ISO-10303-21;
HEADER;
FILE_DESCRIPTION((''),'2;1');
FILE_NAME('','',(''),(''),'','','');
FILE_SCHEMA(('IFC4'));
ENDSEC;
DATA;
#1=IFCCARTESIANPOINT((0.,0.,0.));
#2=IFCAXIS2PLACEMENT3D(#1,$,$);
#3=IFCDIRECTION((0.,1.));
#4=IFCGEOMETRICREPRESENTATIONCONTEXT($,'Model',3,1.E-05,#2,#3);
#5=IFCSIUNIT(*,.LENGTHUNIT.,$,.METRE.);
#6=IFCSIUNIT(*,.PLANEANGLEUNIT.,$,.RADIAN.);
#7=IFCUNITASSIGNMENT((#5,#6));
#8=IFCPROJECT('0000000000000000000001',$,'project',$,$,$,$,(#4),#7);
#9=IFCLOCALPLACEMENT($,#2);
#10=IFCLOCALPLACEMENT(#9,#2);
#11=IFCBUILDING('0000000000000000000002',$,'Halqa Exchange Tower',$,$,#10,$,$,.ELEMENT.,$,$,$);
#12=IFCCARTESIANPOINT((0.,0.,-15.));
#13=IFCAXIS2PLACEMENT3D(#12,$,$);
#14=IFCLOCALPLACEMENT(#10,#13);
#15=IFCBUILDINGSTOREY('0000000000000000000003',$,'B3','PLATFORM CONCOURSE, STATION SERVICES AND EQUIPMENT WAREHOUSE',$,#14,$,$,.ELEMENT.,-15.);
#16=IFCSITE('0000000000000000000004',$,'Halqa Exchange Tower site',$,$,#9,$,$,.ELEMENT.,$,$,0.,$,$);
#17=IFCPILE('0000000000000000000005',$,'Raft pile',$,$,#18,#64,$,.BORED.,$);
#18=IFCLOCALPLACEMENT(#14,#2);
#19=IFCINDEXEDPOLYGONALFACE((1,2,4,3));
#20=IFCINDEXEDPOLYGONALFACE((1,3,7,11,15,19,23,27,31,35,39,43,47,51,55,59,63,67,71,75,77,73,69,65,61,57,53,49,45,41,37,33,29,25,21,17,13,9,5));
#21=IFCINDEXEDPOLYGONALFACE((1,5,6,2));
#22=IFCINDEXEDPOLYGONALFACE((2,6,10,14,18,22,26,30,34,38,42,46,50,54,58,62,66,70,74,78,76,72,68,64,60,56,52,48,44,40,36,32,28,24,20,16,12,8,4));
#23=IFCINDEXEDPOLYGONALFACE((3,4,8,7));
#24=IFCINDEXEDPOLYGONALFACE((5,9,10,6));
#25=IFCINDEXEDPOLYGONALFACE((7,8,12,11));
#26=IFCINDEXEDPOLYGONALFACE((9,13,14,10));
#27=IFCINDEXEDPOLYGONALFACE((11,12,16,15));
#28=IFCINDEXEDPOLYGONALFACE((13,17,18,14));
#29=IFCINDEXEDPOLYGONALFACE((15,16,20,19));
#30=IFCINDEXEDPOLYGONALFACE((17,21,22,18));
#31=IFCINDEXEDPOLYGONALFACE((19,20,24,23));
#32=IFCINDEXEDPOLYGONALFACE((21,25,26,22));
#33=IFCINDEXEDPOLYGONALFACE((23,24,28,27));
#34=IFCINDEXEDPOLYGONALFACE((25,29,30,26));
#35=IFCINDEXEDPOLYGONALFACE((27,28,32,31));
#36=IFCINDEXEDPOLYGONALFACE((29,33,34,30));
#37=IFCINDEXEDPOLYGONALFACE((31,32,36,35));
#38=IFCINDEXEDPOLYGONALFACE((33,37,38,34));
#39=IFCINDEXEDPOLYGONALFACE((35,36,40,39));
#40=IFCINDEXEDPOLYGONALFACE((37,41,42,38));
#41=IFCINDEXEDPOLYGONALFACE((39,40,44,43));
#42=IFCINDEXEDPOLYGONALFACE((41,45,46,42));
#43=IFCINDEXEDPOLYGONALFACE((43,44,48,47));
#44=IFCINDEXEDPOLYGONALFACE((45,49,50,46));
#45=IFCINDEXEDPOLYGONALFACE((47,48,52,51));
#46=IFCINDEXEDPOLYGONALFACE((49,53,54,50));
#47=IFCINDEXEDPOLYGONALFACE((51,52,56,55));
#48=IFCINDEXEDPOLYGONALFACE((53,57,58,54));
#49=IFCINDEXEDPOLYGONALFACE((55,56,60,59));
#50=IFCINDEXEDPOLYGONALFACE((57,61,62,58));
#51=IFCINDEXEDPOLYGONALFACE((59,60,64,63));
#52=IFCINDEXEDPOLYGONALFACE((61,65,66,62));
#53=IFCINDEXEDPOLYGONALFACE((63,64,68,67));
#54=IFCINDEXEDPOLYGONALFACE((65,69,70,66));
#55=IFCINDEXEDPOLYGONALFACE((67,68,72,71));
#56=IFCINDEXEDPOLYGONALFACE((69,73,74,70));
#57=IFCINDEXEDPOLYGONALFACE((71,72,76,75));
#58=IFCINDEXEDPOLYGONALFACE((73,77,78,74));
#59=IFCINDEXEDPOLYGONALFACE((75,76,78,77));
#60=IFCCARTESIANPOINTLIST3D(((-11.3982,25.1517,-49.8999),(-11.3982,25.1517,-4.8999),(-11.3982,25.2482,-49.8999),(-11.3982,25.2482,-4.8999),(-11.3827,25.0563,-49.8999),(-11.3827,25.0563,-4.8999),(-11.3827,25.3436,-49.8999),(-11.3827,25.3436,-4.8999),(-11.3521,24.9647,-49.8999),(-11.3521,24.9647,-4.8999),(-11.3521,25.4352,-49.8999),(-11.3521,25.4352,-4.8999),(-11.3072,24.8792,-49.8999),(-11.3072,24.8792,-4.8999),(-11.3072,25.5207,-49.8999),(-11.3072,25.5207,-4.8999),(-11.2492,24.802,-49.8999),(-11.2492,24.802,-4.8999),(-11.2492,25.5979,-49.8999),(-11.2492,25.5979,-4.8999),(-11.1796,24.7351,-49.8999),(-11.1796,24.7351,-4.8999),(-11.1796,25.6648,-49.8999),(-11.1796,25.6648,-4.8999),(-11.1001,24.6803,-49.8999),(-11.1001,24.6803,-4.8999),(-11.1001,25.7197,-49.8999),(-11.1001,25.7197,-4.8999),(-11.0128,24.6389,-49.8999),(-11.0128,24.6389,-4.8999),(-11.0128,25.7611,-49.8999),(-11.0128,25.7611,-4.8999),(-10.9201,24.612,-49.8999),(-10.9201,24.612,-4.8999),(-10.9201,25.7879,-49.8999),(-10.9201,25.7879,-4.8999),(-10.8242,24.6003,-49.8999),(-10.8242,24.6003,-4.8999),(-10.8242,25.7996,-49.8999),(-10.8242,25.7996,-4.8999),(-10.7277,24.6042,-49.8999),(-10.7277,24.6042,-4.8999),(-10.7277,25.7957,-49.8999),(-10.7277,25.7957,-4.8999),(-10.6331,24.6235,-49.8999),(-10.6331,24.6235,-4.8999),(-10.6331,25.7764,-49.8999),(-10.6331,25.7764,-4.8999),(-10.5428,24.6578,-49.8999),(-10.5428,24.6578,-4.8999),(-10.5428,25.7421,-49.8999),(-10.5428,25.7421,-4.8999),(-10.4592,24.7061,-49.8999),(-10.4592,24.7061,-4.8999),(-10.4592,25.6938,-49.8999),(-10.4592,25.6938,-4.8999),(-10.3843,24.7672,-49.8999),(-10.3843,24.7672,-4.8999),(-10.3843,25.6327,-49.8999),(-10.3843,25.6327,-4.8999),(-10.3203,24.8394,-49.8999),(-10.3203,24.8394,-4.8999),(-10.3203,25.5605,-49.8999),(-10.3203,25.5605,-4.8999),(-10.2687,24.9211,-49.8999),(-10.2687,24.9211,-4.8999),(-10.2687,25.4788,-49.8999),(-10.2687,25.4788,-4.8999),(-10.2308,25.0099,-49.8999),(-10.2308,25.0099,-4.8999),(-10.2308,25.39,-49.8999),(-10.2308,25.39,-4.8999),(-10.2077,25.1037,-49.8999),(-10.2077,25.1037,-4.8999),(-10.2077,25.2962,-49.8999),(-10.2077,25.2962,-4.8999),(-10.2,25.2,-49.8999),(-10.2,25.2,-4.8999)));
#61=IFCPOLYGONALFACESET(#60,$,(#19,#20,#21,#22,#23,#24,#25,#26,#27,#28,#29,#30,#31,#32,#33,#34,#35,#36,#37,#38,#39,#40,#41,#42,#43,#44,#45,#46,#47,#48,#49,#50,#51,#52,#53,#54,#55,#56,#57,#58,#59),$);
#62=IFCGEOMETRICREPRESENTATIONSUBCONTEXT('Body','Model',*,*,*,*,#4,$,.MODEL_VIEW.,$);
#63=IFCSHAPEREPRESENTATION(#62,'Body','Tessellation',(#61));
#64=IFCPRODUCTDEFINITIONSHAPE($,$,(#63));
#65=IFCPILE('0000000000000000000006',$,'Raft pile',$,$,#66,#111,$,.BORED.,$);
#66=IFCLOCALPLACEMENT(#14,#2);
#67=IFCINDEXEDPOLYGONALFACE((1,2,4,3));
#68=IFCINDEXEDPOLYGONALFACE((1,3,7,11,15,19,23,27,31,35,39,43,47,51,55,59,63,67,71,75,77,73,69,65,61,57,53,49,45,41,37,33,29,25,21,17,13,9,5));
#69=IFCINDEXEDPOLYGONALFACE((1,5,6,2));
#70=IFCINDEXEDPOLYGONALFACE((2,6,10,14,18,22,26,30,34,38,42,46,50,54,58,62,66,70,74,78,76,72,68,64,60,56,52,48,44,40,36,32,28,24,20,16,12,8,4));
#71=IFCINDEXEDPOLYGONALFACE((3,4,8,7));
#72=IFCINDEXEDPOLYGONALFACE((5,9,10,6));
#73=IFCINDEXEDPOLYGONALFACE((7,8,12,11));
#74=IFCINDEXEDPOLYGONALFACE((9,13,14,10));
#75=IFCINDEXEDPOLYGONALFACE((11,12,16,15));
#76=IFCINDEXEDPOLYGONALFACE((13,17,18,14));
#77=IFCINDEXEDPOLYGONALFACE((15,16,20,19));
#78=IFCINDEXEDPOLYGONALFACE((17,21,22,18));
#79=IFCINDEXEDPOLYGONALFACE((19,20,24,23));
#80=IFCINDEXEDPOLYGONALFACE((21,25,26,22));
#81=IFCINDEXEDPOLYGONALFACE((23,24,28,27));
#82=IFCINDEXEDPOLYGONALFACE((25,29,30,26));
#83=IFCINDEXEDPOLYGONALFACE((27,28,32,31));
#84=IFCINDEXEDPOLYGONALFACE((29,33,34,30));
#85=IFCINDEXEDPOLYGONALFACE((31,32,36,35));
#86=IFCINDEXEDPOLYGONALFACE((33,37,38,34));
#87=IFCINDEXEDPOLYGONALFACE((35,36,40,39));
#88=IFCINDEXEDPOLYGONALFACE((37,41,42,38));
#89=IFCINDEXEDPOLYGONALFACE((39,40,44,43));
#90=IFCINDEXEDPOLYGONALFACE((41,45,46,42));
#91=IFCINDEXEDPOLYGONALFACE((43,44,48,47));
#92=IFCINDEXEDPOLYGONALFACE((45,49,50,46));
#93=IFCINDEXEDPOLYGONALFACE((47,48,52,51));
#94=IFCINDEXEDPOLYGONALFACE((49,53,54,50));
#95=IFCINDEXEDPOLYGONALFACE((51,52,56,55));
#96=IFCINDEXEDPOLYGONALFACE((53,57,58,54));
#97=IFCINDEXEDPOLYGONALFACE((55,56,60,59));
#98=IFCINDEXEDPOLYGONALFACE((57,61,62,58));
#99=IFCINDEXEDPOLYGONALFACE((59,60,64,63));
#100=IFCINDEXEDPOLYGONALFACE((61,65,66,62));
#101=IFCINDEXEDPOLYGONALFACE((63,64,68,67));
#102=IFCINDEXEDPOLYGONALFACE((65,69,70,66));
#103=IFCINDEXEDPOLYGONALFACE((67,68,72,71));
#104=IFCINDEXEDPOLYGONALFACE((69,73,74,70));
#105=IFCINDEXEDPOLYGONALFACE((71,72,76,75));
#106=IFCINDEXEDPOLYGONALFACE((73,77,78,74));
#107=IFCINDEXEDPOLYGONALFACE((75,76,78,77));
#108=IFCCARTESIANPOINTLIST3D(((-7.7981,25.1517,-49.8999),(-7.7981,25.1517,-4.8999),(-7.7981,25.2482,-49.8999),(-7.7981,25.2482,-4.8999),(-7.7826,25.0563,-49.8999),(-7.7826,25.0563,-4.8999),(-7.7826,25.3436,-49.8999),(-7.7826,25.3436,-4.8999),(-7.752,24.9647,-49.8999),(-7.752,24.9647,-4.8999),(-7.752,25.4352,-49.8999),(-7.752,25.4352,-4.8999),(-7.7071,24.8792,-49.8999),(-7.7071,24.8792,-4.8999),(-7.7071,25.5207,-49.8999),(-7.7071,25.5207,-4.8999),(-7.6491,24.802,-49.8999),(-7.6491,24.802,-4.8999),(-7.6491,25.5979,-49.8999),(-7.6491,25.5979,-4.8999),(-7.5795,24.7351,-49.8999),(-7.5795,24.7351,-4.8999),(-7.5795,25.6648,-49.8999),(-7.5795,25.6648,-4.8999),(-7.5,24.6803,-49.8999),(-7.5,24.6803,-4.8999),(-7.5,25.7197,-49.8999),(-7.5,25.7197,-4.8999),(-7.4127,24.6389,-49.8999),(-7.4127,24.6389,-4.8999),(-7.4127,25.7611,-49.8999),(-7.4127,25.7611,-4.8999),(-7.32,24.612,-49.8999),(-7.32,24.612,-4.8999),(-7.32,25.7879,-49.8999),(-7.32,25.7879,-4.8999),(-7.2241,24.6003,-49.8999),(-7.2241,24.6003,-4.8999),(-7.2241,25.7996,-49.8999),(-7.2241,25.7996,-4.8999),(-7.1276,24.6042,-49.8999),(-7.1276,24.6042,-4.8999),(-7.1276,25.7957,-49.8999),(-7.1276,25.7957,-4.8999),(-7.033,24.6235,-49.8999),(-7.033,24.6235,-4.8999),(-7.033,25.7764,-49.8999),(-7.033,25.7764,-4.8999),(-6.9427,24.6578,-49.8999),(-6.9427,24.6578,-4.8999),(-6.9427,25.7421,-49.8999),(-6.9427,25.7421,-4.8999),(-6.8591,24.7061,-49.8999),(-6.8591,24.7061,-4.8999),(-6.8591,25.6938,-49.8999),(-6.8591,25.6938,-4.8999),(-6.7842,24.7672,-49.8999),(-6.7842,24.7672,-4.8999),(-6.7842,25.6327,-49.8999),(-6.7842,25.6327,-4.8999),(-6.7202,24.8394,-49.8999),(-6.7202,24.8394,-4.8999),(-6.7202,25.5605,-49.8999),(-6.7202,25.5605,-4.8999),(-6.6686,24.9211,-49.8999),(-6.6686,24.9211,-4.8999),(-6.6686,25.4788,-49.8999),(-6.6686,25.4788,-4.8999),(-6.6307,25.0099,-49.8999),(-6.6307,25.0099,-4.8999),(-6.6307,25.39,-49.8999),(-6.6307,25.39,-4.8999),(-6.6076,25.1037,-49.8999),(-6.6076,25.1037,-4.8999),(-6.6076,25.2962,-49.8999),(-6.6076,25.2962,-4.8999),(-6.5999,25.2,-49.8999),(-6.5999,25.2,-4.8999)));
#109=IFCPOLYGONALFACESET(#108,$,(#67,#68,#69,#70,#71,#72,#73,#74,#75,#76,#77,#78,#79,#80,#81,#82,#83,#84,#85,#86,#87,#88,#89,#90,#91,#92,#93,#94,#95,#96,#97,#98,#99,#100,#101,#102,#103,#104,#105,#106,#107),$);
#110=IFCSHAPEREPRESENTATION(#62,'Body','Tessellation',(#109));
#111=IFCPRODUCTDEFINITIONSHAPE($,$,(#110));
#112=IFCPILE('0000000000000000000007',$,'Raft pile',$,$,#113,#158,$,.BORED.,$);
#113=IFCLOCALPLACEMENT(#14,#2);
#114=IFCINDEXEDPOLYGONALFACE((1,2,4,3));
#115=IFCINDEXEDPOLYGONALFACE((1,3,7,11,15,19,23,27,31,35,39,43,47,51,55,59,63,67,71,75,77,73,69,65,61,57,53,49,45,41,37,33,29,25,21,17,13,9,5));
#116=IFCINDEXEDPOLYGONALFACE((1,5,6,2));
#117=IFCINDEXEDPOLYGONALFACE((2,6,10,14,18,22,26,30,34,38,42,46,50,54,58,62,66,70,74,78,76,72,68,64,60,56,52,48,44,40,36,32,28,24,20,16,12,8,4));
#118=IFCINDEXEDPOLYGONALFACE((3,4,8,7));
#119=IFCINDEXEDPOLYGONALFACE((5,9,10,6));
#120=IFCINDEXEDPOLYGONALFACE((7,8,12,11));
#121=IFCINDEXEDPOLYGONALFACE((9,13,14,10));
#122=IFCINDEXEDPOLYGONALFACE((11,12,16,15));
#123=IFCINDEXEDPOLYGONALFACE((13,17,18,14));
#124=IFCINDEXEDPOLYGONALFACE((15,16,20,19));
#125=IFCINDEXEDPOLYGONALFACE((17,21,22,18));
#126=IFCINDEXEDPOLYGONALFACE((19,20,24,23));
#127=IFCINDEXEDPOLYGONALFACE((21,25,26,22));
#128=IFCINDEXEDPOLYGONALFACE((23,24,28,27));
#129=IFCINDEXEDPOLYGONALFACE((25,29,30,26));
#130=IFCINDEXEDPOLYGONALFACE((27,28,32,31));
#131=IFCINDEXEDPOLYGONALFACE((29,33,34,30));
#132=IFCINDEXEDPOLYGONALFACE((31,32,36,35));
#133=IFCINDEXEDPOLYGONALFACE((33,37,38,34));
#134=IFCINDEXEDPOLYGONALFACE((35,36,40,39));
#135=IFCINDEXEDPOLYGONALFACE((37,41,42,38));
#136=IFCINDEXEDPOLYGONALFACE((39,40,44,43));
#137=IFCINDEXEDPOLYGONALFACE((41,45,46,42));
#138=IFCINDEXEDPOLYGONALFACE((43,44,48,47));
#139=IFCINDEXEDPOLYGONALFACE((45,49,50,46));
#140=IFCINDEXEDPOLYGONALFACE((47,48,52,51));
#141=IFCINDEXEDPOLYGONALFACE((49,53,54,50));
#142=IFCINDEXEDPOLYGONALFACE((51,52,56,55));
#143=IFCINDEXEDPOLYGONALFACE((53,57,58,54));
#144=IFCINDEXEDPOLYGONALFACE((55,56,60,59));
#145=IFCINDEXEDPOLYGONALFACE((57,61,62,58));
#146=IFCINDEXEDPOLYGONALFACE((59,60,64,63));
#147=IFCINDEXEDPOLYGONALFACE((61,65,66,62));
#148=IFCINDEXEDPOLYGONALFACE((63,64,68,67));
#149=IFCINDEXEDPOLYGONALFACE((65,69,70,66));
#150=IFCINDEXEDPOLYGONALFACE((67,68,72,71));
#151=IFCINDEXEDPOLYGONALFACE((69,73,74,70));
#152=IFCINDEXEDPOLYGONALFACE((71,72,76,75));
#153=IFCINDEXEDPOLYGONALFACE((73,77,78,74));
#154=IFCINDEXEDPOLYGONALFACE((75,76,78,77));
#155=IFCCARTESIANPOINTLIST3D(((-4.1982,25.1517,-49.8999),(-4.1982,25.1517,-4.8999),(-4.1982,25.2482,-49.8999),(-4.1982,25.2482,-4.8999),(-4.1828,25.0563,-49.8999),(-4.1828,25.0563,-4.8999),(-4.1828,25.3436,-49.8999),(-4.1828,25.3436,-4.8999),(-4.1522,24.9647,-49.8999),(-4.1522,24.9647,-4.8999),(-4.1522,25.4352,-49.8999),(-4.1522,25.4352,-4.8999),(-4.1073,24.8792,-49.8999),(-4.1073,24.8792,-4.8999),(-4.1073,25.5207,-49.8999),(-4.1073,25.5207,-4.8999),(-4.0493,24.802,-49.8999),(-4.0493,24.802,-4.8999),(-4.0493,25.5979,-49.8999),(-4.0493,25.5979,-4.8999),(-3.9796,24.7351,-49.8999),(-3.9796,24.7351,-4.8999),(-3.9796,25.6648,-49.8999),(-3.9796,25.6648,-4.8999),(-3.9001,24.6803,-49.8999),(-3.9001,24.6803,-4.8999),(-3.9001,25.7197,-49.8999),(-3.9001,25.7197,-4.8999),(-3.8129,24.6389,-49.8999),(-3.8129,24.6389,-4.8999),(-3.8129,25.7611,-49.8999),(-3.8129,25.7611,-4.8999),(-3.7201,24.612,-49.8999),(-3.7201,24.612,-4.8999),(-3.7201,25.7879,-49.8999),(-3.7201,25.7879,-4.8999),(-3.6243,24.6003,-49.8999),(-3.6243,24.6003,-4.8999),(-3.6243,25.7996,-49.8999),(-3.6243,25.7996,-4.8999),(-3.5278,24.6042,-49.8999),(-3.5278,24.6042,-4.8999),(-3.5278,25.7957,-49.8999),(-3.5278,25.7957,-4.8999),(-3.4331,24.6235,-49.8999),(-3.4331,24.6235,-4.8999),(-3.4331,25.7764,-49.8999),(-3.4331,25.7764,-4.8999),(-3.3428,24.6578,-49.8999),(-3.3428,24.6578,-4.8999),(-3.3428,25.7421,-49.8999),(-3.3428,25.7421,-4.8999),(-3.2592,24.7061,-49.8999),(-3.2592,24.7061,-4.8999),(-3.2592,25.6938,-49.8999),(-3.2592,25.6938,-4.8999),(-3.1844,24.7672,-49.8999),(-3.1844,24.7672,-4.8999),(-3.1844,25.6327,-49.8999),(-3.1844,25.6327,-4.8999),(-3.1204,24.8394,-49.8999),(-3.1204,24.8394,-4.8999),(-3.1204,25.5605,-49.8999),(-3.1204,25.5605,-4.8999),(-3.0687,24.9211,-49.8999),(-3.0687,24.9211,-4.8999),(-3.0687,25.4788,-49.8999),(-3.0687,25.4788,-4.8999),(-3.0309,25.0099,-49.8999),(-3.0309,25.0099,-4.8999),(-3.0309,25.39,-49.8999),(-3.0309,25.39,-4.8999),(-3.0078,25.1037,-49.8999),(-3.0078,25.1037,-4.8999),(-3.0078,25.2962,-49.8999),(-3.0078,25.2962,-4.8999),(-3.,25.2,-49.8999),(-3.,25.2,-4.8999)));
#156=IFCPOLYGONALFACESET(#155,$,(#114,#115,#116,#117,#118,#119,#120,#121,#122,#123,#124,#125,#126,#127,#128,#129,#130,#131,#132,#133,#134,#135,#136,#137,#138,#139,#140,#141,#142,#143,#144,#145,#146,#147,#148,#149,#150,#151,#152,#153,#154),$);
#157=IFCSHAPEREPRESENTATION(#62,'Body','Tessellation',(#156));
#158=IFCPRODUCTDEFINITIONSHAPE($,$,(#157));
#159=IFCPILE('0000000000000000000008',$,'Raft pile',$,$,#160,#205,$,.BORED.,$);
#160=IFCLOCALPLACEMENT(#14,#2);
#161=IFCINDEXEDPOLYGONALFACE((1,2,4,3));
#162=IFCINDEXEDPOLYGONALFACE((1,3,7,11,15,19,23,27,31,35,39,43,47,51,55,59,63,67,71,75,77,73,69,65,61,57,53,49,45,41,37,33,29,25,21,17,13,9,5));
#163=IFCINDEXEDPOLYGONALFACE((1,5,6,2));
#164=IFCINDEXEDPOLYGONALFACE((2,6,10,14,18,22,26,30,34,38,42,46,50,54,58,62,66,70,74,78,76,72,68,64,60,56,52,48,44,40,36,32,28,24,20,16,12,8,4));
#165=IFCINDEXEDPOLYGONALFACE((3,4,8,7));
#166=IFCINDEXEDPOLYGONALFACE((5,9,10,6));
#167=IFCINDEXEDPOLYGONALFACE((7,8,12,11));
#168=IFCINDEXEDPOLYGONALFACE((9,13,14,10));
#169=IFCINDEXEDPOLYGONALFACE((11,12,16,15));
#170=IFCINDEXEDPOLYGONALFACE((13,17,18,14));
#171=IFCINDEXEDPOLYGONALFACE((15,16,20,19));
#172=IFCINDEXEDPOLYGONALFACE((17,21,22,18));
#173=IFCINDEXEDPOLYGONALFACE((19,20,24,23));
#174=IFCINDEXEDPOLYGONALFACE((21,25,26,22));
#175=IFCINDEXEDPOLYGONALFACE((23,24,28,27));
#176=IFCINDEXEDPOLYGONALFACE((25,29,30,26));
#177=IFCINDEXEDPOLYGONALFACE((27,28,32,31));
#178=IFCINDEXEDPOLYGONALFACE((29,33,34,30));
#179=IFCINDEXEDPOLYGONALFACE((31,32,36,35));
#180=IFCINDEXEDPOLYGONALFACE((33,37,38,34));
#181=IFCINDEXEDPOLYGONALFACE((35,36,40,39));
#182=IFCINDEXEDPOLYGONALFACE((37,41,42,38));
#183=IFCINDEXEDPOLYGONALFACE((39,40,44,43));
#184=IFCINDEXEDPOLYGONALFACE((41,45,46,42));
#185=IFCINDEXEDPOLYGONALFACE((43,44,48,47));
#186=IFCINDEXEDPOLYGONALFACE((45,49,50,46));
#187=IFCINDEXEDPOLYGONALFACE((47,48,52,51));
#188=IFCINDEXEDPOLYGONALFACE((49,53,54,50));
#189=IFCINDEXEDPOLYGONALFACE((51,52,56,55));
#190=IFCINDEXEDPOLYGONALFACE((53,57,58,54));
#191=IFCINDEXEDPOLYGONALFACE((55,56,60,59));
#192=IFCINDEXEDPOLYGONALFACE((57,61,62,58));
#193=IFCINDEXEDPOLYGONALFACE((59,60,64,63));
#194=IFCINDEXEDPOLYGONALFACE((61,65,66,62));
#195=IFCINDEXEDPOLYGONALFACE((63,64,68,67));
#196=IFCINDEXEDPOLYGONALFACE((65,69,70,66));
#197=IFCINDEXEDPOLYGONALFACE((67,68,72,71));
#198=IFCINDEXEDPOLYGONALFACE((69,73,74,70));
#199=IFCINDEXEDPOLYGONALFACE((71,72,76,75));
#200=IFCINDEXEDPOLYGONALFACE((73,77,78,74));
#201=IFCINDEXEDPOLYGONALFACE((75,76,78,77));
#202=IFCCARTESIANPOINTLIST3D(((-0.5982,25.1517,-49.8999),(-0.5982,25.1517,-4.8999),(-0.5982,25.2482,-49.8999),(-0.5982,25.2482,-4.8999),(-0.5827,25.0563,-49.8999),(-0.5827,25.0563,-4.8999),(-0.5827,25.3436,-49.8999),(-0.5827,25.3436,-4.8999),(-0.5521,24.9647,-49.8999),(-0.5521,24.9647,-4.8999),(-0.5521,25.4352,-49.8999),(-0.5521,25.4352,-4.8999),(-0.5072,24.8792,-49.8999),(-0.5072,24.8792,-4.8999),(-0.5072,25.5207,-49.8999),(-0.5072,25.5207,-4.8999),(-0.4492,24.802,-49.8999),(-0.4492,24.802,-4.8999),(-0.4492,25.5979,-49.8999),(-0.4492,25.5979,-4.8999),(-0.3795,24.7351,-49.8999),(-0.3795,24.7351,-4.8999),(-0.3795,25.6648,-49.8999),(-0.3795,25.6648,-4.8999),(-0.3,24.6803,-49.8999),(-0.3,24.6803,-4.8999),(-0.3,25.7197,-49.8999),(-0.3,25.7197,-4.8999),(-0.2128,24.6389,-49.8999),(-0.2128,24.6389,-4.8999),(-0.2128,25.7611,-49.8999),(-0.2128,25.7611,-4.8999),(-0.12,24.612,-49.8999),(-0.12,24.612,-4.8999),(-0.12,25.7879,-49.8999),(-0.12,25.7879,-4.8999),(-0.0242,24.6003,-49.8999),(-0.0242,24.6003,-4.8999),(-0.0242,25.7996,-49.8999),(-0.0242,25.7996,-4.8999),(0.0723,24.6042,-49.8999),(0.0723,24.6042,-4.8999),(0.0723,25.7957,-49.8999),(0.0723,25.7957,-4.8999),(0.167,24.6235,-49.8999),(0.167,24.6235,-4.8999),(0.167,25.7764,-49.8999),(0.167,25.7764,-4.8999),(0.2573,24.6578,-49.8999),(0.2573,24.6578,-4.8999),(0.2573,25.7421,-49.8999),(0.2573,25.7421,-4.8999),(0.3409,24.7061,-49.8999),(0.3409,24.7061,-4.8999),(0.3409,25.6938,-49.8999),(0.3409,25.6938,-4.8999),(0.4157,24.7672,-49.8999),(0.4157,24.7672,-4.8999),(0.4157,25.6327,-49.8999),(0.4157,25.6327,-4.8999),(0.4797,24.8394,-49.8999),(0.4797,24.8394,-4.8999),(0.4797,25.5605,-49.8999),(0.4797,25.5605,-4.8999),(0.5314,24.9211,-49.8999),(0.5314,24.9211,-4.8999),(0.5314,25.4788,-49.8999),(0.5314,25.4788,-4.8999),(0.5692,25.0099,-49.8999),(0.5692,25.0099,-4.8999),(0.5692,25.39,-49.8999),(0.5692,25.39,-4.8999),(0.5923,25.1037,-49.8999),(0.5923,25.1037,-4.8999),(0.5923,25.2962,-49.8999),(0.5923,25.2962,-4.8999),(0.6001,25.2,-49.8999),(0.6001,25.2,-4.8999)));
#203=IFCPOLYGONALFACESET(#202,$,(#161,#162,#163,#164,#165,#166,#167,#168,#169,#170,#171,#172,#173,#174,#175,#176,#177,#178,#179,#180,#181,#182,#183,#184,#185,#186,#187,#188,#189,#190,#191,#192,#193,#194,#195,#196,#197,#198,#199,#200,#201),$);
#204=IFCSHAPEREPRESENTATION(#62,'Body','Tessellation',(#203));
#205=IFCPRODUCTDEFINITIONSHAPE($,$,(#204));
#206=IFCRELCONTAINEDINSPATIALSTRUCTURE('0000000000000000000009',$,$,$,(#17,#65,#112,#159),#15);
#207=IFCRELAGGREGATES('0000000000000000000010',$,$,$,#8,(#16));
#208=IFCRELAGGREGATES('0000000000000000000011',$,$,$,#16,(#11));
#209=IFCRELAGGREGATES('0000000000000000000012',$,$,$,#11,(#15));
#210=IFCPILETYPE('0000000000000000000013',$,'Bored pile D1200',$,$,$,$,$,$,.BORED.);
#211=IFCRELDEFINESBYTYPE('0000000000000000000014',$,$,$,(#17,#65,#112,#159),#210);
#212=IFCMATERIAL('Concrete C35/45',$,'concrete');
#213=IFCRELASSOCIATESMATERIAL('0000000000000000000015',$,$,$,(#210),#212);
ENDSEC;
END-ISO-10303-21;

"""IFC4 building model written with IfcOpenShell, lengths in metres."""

from ifc_helpers import new_model, si_unit, direction, frame, origin, origin_2d, place, context, subcontext, project, spatial, circle, extrude, material, material_profile, profile_set, type_object, element, save


model = new_model("IFC4")

# Units and contexts
model_context = context("Model", 3, precision=1e-05, world=origin(), true_north=direction((0.0, 1.0)))
body_context = subcontext(model_context, "Body", "Model", "MODEL_VIEW")
ifc_project = project(units=[si_unit("LENGTHUNIT", "METRE"), si_unit("PLANEANGLEUNIT", "RADIAN")], contexts=[model_context])

# Site, building, storey
site_placement = place(None, origin())
site = spatial("IfcSite", under=ifc_project, at=site_placement, Name="Halqa Exchange Tower site", CompositionType="ELEMENT", RefElevation=0.0)
building_placement = place(site_placement, origin())
building = spatial("IfcBuilding", under=site, at=building_placement, Name="Halqa Exchange Tower", CompositionType="ELEMENT")
storey_placement = place(building_placement, frame((0.0, 0.0, -15.0)))
storey = spatial("IfcBuildingStorey", under=building, at=storey_placement, Name="B3", Description="PLATFORM CONCOURSE, STATION SERVICES AND EQUIPMENT WAREHOUSE", CompositionType="ELEMENT", Elevation=-15.0)

# Piles
ifc_material_1 = material(Name="Concrete C35/45", Category="concrete")
ifc_material_profile_1 = material_profile(ifc_material_1, circle(Radius=0.6001, at=origin_2d()), Name="D1200")
ifc_profile_set_1 = profile_set([ifc_material_profile_1], Name="Concrete C35/45")
pile_type_1 = type_object("IfcPileType", Name="Bored pile D1200", PredefinedType="BORED", material=ifc_profile_set_1)
for number, where, z_axis, x_axis, name in (
    (1, (-10.8, 25.2, -4.8999), (0.0, 0.0, -1.0), (1.0, 0.0, 0.0), "Raft pile"),
    (2, (-7.2, 25.2, -4.8999), (0.0, 0.0, -1.0), (1.0, 0.0, 0.0), "Raft pile"),
    (3, (-3.6001, 25.2, -4.8999), (0.0, 0.0, -1.0), (1.0, 0.0, 0.0), "Raft pile"),
    (4, (0.0, 25.2, -4.8999), (0.0, 0.0, -1.0), (1.0, 0.0, 0.0), "Raft pile"),
):
    element("IfcPile", number, at=place(storey_placement, frame(where, z_axis=z_axis, x_axis=x_axis)), inside=storey, type_object=pile_type_1, Name=name, PredefinedType="BORED", context=body_context, shape_type="SweptSolid", body=[
        extrude(circle(Radius=0.6001, at=origin_2d()), origin(), (0.0, 0.0, 1.0), 45.0),
    ])

save(model, "model.ifc")
